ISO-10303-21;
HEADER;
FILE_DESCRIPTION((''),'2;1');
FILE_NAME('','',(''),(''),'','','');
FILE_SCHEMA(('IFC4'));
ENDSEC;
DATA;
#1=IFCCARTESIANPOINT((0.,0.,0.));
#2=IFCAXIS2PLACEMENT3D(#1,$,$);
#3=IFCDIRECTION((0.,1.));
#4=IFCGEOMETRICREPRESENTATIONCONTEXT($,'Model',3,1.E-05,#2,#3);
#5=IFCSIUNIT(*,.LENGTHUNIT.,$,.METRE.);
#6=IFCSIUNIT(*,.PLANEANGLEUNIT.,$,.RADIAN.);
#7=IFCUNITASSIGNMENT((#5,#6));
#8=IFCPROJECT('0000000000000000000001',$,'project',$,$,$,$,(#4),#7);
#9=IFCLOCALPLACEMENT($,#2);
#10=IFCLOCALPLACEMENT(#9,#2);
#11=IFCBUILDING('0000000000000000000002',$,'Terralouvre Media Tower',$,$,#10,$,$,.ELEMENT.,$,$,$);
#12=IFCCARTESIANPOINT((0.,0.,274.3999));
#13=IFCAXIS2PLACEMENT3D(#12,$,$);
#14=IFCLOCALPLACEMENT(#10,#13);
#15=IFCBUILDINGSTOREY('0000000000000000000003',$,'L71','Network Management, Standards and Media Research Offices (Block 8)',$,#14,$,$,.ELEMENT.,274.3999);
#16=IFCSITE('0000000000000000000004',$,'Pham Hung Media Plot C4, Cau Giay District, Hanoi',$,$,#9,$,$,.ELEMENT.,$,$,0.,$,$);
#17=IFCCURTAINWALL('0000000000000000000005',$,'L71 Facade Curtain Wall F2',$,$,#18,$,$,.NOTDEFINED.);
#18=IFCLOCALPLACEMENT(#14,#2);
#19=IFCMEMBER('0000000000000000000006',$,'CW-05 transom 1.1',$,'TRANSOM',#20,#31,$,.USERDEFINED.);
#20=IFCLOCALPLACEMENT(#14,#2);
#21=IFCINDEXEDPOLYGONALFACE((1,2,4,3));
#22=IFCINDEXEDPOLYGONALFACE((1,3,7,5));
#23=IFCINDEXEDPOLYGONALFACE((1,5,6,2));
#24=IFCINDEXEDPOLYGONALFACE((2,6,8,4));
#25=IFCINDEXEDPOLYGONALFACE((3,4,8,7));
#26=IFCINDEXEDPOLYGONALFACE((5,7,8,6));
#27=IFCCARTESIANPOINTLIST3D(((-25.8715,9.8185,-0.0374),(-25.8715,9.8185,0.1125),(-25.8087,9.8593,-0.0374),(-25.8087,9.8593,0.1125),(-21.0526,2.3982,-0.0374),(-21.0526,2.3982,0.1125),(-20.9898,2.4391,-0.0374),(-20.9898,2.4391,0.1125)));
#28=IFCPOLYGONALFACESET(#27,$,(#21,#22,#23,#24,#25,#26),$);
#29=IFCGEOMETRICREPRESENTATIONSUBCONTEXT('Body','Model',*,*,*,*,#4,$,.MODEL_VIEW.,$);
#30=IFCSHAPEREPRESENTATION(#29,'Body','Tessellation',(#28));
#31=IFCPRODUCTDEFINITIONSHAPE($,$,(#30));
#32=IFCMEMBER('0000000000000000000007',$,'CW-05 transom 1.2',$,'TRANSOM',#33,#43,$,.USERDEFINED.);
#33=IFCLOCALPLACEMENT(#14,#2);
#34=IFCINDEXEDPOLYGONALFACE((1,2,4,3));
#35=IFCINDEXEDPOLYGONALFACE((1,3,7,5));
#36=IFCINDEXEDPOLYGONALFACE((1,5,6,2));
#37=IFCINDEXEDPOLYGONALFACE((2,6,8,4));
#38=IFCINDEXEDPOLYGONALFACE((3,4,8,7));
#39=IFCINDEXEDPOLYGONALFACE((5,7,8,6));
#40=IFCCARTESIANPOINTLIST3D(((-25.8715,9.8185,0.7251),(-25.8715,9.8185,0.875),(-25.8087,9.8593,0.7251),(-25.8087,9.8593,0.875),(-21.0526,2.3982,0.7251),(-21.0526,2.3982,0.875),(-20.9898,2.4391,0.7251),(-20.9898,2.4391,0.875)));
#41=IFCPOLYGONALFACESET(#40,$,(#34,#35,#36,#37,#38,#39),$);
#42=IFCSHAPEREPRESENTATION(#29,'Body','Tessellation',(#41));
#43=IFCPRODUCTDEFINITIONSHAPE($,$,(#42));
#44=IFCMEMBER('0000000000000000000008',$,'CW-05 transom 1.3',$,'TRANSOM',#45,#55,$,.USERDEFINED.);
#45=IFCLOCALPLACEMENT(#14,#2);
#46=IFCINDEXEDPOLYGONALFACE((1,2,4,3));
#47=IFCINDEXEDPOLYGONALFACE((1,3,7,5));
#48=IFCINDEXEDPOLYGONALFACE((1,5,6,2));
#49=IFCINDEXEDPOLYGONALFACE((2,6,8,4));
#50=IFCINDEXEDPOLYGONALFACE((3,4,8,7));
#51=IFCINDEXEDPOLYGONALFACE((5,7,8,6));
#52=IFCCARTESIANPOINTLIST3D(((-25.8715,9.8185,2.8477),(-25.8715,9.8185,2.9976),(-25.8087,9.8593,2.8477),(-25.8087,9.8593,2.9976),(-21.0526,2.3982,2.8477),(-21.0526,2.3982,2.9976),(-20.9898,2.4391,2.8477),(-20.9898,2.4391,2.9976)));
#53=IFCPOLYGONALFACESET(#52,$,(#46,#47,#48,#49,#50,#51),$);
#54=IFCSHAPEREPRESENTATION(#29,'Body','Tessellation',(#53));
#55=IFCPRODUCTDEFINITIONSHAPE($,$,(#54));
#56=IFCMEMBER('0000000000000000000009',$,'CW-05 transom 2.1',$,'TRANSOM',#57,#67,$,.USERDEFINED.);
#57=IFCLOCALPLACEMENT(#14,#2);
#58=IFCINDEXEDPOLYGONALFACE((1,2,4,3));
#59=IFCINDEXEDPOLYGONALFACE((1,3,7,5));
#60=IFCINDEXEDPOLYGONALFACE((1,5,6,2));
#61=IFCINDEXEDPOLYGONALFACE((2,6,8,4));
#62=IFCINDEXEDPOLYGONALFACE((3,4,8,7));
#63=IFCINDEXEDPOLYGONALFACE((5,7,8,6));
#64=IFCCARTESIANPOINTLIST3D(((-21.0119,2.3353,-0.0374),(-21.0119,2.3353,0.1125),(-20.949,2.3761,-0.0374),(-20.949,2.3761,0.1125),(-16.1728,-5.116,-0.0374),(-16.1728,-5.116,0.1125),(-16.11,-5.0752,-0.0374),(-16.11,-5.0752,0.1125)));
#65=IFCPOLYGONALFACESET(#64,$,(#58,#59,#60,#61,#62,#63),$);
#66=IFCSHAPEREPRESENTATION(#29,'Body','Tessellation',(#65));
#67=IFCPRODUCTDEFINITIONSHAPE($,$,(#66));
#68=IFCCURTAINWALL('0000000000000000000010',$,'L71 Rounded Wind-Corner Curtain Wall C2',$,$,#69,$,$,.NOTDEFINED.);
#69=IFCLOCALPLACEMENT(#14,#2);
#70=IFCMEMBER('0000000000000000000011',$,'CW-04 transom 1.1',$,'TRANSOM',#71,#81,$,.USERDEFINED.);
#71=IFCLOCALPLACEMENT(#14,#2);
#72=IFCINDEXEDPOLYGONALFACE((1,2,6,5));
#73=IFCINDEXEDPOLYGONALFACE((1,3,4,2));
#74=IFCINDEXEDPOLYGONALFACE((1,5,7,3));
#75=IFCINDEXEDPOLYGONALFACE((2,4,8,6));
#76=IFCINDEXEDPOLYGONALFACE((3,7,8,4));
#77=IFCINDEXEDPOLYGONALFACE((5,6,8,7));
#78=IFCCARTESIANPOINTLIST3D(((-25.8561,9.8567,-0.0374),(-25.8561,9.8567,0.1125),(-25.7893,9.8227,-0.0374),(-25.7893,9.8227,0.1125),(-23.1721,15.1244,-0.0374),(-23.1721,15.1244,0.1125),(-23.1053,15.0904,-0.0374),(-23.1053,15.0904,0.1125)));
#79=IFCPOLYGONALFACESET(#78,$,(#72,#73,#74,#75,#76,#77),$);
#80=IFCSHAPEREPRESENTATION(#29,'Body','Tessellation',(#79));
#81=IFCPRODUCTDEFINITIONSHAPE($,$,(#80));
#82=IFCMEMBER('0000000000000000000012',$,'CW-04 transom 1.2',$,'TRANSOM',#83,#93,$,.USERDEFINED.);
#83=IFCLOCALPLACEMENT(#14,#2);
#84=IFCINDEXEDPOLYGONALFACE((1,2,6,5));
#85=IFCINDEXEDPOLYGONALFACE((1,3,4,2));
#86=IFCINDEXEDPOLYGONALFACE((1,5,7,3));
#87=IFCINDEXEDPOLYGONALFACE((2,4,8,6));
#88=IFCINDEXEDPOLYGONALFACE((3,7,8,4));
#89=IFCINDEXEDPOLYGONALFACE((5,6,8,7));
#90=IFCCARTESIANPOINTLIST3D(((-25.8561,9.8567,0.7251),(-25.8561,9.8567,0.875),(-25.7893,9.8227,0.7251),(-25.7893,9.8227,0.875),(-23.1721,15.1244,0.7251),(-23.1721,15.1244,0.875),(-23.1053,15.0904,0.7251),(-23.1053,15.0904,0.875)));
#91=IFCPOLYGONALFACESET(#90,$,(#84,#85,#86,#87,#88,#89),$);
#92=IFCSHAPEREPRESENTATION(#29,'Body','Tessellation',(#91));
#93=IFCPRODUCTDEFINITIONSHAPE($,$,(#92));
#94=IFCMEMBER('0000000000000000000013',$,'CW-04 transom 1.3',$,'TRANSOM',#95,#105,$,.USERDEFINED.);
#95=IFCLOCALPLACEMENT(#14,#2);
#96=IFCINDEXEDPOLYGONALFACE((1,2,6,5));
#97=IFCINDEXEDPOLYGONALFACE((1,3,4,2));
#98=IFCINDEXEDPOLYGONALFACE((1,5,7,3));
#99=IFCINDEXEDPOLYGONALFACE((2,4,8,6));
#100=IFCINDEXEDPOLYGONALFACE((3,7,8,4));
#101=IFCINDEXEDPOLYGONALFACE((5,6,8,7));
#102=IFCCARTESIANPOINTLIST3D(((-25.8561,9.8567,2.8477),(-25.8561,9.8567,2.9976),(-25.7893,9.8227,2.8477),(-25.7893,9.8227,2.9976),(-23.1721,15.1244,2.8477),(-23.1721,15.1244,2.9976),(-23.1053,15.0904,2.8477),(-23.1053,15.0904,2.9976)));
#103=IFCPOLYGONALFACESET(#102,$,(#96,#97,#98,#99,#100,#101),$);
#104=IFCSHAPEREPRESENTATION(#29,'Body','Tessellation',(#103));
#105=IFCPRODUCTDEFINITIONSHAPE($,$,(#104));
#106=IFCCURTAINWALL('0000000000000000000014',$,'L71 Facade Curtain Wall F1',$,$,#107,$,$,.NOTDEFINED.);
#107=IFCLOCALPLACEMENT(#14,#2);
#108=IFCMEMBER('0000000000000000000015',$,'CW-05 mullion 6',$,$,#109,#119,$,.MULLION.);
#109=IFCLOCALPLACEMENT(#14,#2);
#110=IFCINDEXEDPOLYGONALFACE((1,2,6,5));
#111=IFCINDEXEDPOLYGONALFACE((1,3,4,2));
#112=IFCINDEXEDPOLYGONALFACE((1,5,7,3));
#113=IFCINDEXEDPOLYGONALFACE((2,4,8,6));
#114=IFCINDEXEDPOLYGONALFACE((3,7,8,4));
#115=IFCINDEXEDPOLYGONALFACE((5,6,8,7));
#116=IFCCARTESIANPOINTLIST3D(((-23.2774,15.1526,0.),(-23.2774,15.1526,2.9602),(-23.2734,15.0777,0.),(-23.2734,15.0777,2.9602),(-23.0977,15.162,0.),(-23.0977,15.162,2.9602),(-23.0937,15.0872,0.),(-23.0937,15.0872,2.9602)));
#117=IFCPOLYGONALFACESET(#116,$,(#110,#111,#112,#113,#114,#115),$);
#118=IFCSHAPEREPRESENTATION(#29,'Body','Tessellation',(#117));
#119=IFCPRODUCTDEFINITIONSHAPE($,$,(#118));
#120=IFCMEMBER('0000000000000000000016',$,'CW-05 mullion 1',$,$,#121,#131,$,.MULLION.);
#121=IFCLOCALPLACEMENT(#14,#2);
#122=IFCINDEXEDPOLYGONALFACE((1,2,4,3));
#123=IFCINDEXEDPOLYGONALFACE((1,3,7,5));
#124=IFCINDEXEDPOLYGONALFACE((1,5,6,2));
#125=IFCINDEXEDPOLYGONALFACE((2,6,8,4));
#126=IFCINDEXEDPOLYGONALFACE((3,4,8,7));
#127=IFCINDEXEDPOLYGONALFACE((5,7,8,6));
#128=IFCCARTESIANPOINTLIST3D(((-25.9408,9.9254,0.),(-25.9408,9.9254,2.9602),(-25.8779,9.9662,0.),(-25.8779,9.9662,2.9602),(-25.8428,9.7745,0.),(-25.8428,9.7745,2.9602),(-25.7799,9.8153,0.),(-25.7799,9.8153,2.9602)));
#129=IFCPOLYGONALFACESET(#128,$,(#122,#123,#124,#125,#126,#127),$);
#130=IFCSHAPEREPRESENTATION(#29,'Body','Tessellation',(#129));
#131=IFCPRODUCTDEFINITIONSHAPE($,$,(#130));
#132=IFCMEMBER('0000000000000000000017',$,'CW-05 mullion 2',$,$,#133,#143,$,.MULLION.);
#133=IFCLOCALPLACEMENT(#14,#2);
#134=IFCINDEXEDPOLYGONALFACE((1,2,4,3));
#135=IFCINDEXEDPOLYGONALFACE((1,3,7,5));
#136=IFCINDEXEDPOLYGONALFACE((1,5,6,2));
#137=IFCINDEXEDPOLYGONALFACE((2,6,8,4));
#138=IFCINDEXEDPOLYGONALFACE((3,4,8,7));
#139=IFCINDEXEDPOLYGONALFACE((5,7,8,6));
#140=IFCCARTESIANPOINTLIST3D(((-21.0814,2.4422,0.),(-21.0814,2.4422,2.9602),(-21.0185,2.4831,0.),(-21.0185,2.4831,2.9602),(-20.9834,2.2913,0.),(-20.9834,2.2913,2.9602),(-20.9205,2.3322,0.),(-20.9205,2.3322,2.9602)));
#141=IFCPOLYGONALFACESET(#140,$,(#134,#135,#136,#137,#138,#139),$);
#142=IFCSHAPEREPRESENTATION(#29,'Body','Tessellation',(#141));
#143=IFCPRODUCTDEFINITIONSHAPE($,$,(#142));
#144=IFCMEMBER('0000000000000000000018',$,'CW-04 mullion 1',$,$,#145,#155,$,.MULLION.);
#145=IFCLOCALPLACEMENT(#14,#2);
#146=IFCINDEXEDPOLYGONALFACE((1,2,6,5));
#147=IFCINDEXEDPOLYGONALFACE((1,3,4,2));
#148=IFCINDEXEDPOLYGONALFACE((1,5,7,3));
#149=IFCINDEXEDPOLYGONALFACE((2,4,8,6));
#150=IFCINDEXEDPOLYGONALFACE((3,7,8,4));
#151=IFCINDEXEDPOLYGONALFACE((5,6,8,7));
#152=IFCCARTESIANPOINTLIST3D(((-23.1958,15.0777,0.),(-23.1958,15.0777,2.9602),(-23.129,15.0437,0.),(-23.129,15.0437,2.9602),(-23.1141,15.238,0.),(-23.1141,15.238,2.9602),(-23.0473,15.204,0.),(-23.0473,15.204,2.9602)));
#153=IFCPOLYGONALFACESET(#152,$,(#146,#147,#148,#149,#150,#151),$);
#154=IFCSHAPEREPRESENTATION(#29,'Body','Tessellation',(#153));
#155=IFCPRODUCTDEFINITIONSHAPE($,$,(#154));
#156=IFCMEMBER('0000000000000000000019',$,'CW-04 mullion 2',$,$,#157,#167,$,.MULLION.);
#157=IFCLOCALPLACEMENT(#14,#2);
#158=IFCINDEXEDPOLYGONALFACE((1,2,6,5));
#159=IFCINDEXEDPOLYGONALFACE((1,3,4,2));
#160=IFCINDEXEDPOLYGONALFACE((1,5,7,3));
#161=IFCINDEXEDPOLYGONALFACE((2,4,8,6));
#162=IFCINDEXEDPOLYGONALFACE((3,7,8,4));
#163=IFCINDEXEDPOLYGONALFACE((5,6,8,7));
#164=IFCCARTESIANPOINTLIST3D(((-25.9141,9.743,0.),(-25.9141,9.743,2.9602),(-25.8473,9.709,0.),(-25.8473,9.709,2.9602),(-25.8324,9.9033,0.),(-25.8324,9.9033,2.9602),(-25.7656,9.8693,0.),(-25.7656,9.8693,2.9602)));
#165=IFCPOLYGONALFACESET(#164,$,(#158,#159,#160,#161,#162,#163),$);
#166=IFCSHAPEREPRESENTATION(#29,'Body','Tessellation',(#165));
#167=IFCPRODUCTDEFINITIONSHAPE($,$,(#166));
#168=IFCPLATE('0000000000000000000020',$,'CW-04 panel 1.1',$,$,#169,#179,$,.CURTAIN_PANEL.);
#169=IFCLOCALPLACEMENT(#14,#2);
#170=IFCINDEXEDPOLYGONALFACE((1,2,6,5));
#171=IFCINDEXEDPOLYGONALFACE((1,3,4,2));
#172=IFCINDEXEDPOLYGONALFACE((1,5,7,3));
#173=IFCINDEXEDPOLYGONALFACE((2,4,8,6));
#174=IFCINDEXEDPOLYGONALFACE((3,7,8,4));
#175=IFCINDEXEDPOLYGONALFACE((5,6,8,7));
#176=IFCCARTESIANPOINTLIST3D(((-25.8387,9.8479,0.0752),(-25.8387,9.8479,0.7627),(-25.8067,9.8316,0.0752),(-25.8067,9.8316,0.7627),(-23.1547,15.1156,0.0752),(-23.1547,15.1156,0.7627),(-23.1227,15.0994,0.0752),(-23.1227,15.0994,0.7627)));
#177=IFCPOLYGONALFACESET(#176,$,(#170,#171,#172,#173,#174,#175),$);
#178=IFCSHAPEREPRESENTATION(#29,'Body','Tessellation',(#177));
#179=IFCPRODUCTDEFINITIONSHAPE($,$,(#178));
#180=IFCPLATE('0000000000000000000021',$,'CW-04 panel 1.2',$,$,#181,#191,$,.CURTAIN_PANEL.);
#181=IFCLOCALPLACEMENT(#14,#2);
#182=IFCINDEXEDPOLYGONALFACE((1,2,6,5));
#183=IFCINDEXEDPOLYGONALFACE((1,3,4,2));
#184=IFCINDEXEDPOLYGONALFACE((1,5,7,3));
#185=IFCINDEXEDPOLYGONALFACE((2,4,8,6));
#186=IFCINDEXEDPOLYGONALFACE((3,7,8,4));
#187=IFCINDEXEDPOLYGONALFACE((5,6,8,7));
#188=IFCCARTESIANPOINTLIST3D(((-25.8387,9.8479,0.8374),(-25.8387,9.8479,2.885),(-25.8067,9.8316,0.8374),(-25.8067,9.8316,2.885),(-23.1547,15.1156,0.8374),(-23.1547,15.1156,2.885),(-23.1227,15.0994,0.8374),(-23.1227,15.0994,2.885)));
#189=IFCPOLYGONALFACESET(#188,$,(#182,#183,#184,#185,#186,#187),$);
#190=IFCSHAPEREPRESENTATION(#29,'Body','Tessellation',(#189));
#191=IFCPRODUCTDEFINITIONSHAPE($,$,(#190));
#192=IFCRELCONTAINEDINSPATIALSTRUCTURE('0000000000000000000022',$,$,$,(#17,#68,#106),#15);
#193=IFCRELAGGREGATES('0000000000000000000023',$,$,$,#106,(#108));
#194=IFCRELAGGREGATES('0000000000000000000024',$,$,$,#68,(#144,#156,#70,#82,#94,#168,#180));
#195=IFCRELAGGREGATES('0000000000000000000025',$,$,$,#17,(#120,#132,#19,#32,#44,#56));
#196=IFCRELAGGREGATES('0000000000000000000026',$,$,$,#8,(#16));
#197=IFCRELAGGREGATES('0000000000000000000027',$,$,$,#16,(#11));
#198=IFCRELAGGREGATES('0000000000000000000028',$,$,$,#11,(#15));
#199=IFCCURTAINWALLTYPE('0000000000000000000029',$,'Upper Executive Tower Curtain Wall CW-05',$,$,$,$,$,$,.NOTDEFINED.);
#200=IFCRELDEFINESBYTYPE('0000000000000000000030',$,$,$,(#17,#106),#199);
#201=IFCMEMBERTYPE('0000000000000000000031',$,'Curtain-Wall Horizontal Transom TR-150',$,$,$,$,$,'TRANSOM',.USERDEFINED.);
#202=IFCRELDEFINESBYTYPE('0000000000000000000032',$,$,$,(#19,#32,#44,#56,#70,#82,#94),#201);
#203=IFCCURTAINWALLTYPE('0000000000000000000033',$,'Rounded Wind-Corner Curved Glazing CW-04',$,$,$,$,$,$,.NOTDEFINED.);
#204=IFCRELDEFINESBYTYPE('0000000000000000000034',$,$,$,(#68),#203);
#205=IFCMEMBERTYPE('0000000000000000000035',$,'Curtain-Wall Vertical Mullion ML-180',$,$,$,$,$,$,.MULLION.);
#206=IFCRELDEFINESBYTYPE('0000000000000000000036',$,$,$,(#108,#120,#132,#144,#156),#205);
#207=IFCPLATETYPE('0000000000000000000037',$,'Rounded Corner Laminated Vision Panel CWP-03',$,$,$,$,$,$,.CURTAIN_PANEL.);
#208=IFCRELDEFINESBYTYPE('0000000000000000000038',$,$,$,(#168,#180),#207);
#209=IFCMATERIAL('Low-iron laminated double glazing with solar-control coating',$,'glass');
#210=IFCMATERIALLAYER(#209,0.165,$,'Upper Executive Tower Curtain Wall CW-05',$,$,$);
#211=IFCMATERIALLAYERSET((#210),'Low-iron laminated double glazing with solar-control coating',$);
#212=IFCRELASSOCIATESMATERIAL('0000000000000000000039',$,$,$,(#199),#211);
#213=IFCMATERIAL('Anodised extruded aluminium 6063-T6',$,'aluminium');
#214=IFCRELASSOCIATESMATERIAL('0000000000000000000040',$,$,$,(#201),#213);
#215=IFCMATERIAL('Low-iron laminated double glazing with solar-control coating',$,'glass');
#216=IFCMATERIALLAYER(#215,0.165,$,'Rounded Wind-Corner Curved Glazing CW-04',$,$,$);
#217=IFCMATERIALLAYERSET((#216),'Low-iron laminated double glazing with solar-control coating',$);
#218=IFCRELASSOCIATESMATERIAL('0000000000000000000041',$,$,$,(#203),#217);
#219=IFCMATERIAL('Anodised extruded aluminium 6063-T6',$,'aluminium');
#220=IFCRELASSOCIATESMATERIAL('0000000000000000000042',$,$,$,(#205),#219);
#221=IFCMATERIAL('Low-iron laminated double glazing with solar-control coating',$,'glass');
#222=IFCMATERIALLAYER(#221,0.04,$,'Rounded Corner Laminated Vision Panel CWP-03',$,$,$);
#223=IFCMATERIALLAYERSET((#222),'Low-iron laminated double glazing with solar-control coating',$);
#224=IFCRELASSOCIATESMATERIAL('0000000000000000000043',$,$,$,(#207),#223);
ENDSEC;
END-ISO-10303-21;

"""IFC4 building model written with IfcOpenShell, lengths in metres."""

from ifc_helpers import new_model, si_unit, direction, frame, origin, origin_2d, place, context, subcontext, project, spatial, rectangle, extrude, material, layer, layer_set, material_profile, profile_set, type_object, element, aggregate, save


model = new_model("IFC4")

# Units and contexts
model_context = context("Model", 3, precision=1e-05, world=origin(), true_north=direction((0.0, 1.0)))
body_context = subcontext(model_context, "Body", "Model", "MODEL_VIEW")
ifc_project = project(units=[si_unit("LENGTHUNIT", "METRE"), si_unit("PLANEANGLEUNIT", "RADIAN")], contexts=[model_context])

# Site, building, storey
site_placement = place(None, origin())
site = spatial("IfcSite", under=ifc_project, at=site_placement, Name="Pham Hung Media Plot C4, Cau Giay District, Hanoi", CompositionType="ELEMENT", RefElevation=0.0)
building_placement = place(site_placement, origin())
building = spatial("IfcBuilding", under=site, at=building_placement, Name="Terralouvre Media Tower", CompositionType="ELEMENT")
storey_placement = place(building_placement, frame((0.0, 0.0, 274.3999)))
storey = spatial("IfcBuildingStorey", under=building, at=storey_placement, Name="L71", Description="Network Management, Standards and Media Research Offices (Block 8)", CompositionType="ELEMENT", Elevation=274.3999)

# Curtain walls, members
ifc_material_1 = material(Name="Low-iron laminated double glazing with solar-control coating", Category="glass")
ifc_layer_1 = layer(ifc_material_1, 0.165, Name="Upper Executive Tower Curtain Wall CW-05")
ifc_layer_set_1 = layer_set([ifc_layer_1], Name="Low-iron laminated double glazing with solar-control coating")
curtain_wall_type_1 = type_object("IfcCurtainWallType", Name="Upper Executive Tower Curtain Wall CW-05", PredefinedType="NOTDEFINED", material=ifc_layer_set_1)
curtain_wall_1_placement = place(storey_placement, origin())
curtain_wall_1 = element("IfcCurtainWall", 1, at=curtain_wall_1_placement, inside=storey, type_object=curtain_wall_type_1, Name="L71 Facade Curtain Wall F2", PredefinedType="NOTDEFINED")
ifc_material_2 = material(Name="Anodised extruded aluminium 6063-T6", Category="aluminium")
ifc_material_profile_1 = material_profile(ifc_material_2, rectangle(XDim=0.075, YDim=0.1499, at=origin_2d()), Name="ALU 75x150")
ifc_profile_set_1 = profile_set([ifc_material_profile_1], Name="Anodised extruded aluminium 6063-T6")
member_type_1 = type_object("IfcMemberType", Name="Curtain-Wall Horizontal Transom TR-150", ElementType="TRANSOM", PredefinedType="USERDEFINED", material=ifc_profile_set_1)
member_1_placement = place(storey_placement, frame((-25.8401, 9.8389, 0.0376), z_axis=(0.54465, -0.838664, 0.0), x_axis=(0.838664, 0.54465, 0.0)))
member_1 = element("IfcMember", 2, at=member_1_placement, type_object=member_type_1, Name="CW-05 transom 1.1", ObjectType="TRANSOM", PredefinedType="USERDEFINED", context=body_context, shape_type="SweptSolid", body=[
    extrude(rectangle(XDim=0.075, YDim=0.1499, at=origin_2d()), origin(), (0.0, 0.0, 1.0), 8.8477),
])
member_2_placement = place(storey_placement, frame((-25.8401, 9.8389, 0.8), z_axis=(0.54465, -0.838664, 0.0), x_axis=(0.838664, 0.54465, 0.0)))
member_2 = element("IfcMember", 3, at=member_2_placement, type_object=member_type_1, Name="CW-05 transom 1.2", ObjectType="TRANSOM", PredefinedType="USERDEFINED", context=body_context, shape_type="SweptSolid", body=[
    extrude(rectangle(XDim=0.075, YDim=0.1499, at=origin_2d()), origin(), (0.0, 0.0, 1.0), 8.8477),
])
member_3_placement = place(storey_placement, frame((-25.8401, 9.8389, 2.9226), z_axis=(0.54465, -0.838664, 0.0), x_axis=(0.838664, 0.54465, 0.0)))
member_3 = element("IfcMember", 4, at=member_3_placement, type_object=member_type_1, Name="CW-05 transom 1.3", ObjectType="TRANSOM", PredefinedType="USERDEFINED", context=body_context, shape_type="SweptSolid", body=[
    extrude(rectangle(XDim=0.075, YDim=0.1499, at=origin_2d()), origin(), (0.0, 0.0, 1.0), 8.8477),
])
member_4_placement = place(storey_placement, frame((-20.9805, 2.3557, 0.0376), z_axis=(0.544647, -0.838665, 0.0), x_axis=(0.838665, 0.544647, 0.0)))
member_4 = element("IfcMember", 5, at=member_4_placement, type_object=member_type_1, Name="CW-05 transom 2.1", ObjectType="TRANSOM", PredefinedType="USERDEFINED", context=body_context, shape_type="SweptSolid", body=[
    extrude(rectangle(XDim=0.075, YDim=0.1499, at=origin_2d()), origin(), (0.0, 0.0, 1.0), 8.8848),
])
ifc_material_3 = material(Name="Low-iron laminated double glazing with solar-control coating", Category="glass")
ifc_layer_2 = layer(ifc_material_3, 0.165, Name="Rounded Wind-Corner Curved Glazing CW-04")
ifc_layer_set_2 = layer_set([ifc_layer_2], Name="Low-iron laminated double glazing with solar-control coating")
curtain_wall_type_2 = type_object("IfcCurtainWallType", Name="Rounded Wind-Corner Curved Glazing CW-04", PredefinedType="NOTDEFINED", material=ifc_layer_set_2)
curtain_wall_2_placement = place(storey_placement, origin())
curtain_wall_2 = element("IfcCurtainWall", 6, at=curtain_wall_2_placement, inside=storey, type_object=curtain_wall_type_2, Name="L71 Rounded Wind-Corner Curtain Wall C2", PredefinedType="NOTDEFINED")
member_5_placement = place(storey_placement, frame((-23.1387, 15.1074, 0.0376), z_axis=(-0.453989, -0.891007, 0.0), x_axis=(0.891007, -0.453989, 0.0)))
member_5 = element("IfcMember", 7, at=member_5_placement, type_object=member_type_1, Name="CW-04 transom 1.1", ObjectType="TRANSOM", PredefinedType="USERDEFINED", context=body_context, shape_type="SweptSolid", body=[
    extrude(rectangle(XDim=0.075, YDim=0.1499, at=origin_2d()), origin(), (0.0, 0.0, 1.0), 5.9121),
])
member_6_placement = place(storey_placement, frame((-23.1387, 15.1074, 0.8), z_axis=(-0.453989, -0.891007, 0.0), x_axis=(0.891007, -0.453989, 0.0)))
member_6 = element("IfcMember", 8, at=member_6_placement, type_object=member_type_1, Name="CW-04 transom 1.2", ObjectType="TRANSOM", PredefinedType="USERDEFINED", context=body_context, shape_type="SweptSolid", body=[
    extrude(rectangle(XDim=0.075, YDim=0.1499, at=origin_2d()), origin(), (0.0, 0.0, 1.0), 5.9121),
])
member_7_placement = place(storey_placement, frame((-23.1387, 15.1074, 2.9226), z_axis=(-0.453989, -0.891007, 0.0), x_axis=(0.891007, -0.453989, 0.0)))
member_7 = element("IfcMember", 9, at=member_7_placement, type_object=member_type_1, Name="CW-04 transom 1.3", ObjectType="TRANSOM", PredefinedType="USERDEFINED", context=body_context, shape_type="SweptSolid", body=[
    extrude(rectangle(XDim=0.075, YDim=0.1499, at=origin_2d()), origin(), (0.0, 0.0, 1.0), 5.9121),
])

# Curtain wall, member
curtain_wall_3_placement = place(storey_placement, origin())
curtain_wall_3 = element("IfcCurtainWall", 10, at=curtain_wall_3_placement, inside=storey, type_object=curtain_wall_type_1, Name="L71 Facade Curtain Wall F1", PredefinedType="NOTDEFINED")
ifc_material_4 = material(Name="Anodised extruded aluminium 6063-T6", Category="aluminium")
ifc_material_profile_2 = material_profile(ifc_material_4, rectangle(XDim=0.075, YDim=0.1799, at=origin_2d()), Name="ALU 75x180")
ifc_profile_set_2 = profile_set([ifc_material_profile_2], Name="Anodised extruded aluminium 6063-T6")
member_type_2 = type_object("IfcMemberType", Name="Curtain-Wall Vertical Mullion ML-180", PredefinedType="MULLION", material=ifc_profile_set_2)
member_8_placement = place(storey_placement, frame((-23.1855, 15.1199, 0.0), z_axis=(0.0, 0.0, 1.0), x_axis=(0.052336, -0.99863, 0.0)))
member_8 = element("IfcMember", 11, at=member_8_placement, type_object=member_type_2, Name="CW-05 mullion 6", PredefinedType="MULLION", context=body_context, shape_type="SweptSolid", body=[
    extrude(rectangle(XDim=0.075, YDim=0.1799, at=origin_2d()), origin(), (0.0, 0.0, 1.0), 2.9602),
])
aggregate(curtain_wall_3, [member_8])

# Members
member_9_placement = place(storey_placement, frame((-25.8604, 9.8704, 0.0), z_axis=(0.0, 0.0, 1.0), x_axis=(0.838671, 0.544639, 0.0)))
member_9 = element("IfcMember", 12, at=member_9_placement, type_object=member_type_2, Name="CW-05 mullion 1", PredefinedType="MULLION", context=body_context, shape_type="SweptSolid", body=[
    extrude(rectangle(XDim=0.075, YDim=0.1799, at=origin_2d()), origin(), (0.0, 0.0, 1.0), 2.9602),
])
member_10_placement = place(storey_placement, frame((-21.001, 2.3872, 0.0), z_axis=(0.0, 0.0, 1.0), x_axis=(0.838671, 0.544639, 0.0)))
member_10 = element("IfcMember", 13, at=member_10_placement, type_object=member_type_2, Name="CW-05 mullion 2", PredefinedType="MULLION", context=body_context, shape_type="SweptSolid", body=[
    extrude(rectangle(XDim=0.075, YDim=0.1799, at=origin_2d()), origin(), (0.0, 0.0, 1.0), 2.9602),
])
member_11_placement = place(storey_placement, frame((-23.1216, 15.1409, 0.0), z_axis=(0.0, 0.0, 1.0), x_axis=(0.891007, -0.45399, 0.0)))
member_11 = element("IfcMember", 14, at=member_11_placement, type_object=member_type_2, Name="CW-04 mullion 1", PredefinedType="MULLION", context=body_context, shape_type="SweptSolid", body=[
    extrude(rectangle(XDim=0.075, YDim=0.1799, at=origin_2d()), origin(), (0.0, 0.0, 1.0), 2.9602),
])
member_12_placement = place(storey_placement, frame((-25.8398, 9.8062, 0.0), z_axis=(0.0, 0.0, 1.0), x_axis=(0.891007, -0.45399, 0.0)))
member_12 = element("IfcMember", 15, at=member_12_placement, type_object=member_type_2, Name="CW-04 mullion 2", PredefinedType="MULLION", context=body_context, shape_type="SweptSolid", body=[
    extrude(rectangle(XDim=0.075, YDim=0.1799, at=origin_2d()), origin(), (0.0, 0.0, 1.0), 2.9602),
])

# Plates
ifc_material_5 = material(Name="Low-iron laminated double glazing with solar-control coating", Category="glass")
ifc_layer_3 = layer(ifc_material_5, 0.04, Name="Rounded Corner Laminated Vision Panel CWP-03")
ifc_layer_set_3 = layer_set([ifc_layer_3], Name="Low-iron laminated double glazing with solar-control coating")
plate_type_1 = type_object("IfcPlateType", Name="Rounded Corner Laminated Vision Panel CWP-03", PredefinedType="CURTAIN_PANEL", material=ifc_layer_set_3)
plate_1_placement = place(storey_placement, frame((-24.4807, 12.4736, 0.0752), z_axis=(0.0, 0.0, 1.0), x_axis=(-0.45399, -0.891007, 0.0)))
plate_1 = element("IfcPlate", 16, at=plate_1_placement, type_object=plate_type_1, Name="CW-04 panel 1.1", PredefinedType="CURTAIN_PANEL", context=body_context, shape_type="SweptSolid", body=[
    extrude(rectangle(XDim=5.9121, YDim=0.0359, at=origin_2d()), origin(), (0.0, 0.0, 1.0), 0.6875),
])
plate_2_placement = place(storey_placement, frame((-24.4807, 12.4736, 0.8374), z_axis=(0.0, 0.0, 1.0), x_axis=(-0.45399, -0.891007, 0.0)))
plate_2 = element("IfcPlate", 17, at=plate_2_placement, type_object=plate_type_1, Name="CW-04 panel 1.2", PredefinedType="CURTAIN_PANEL", context=body_context, shape_type="SweptSolid", body=[
    extrude(rectangle(XDim=5.9121, YDim=0.0359, at=origin_2d()), origin(), (0.0, 0.0, 1.0), 2.0476),
])
aggregate(curtain_wall_2, [member_11, member_12, member_5, member_6, member_7, plate_1, plate_2])
aggregate(curtain_wall_1, [member_9, member_10, member_1, member_2, member_3, member_4])

save(model, "model.ifc")
